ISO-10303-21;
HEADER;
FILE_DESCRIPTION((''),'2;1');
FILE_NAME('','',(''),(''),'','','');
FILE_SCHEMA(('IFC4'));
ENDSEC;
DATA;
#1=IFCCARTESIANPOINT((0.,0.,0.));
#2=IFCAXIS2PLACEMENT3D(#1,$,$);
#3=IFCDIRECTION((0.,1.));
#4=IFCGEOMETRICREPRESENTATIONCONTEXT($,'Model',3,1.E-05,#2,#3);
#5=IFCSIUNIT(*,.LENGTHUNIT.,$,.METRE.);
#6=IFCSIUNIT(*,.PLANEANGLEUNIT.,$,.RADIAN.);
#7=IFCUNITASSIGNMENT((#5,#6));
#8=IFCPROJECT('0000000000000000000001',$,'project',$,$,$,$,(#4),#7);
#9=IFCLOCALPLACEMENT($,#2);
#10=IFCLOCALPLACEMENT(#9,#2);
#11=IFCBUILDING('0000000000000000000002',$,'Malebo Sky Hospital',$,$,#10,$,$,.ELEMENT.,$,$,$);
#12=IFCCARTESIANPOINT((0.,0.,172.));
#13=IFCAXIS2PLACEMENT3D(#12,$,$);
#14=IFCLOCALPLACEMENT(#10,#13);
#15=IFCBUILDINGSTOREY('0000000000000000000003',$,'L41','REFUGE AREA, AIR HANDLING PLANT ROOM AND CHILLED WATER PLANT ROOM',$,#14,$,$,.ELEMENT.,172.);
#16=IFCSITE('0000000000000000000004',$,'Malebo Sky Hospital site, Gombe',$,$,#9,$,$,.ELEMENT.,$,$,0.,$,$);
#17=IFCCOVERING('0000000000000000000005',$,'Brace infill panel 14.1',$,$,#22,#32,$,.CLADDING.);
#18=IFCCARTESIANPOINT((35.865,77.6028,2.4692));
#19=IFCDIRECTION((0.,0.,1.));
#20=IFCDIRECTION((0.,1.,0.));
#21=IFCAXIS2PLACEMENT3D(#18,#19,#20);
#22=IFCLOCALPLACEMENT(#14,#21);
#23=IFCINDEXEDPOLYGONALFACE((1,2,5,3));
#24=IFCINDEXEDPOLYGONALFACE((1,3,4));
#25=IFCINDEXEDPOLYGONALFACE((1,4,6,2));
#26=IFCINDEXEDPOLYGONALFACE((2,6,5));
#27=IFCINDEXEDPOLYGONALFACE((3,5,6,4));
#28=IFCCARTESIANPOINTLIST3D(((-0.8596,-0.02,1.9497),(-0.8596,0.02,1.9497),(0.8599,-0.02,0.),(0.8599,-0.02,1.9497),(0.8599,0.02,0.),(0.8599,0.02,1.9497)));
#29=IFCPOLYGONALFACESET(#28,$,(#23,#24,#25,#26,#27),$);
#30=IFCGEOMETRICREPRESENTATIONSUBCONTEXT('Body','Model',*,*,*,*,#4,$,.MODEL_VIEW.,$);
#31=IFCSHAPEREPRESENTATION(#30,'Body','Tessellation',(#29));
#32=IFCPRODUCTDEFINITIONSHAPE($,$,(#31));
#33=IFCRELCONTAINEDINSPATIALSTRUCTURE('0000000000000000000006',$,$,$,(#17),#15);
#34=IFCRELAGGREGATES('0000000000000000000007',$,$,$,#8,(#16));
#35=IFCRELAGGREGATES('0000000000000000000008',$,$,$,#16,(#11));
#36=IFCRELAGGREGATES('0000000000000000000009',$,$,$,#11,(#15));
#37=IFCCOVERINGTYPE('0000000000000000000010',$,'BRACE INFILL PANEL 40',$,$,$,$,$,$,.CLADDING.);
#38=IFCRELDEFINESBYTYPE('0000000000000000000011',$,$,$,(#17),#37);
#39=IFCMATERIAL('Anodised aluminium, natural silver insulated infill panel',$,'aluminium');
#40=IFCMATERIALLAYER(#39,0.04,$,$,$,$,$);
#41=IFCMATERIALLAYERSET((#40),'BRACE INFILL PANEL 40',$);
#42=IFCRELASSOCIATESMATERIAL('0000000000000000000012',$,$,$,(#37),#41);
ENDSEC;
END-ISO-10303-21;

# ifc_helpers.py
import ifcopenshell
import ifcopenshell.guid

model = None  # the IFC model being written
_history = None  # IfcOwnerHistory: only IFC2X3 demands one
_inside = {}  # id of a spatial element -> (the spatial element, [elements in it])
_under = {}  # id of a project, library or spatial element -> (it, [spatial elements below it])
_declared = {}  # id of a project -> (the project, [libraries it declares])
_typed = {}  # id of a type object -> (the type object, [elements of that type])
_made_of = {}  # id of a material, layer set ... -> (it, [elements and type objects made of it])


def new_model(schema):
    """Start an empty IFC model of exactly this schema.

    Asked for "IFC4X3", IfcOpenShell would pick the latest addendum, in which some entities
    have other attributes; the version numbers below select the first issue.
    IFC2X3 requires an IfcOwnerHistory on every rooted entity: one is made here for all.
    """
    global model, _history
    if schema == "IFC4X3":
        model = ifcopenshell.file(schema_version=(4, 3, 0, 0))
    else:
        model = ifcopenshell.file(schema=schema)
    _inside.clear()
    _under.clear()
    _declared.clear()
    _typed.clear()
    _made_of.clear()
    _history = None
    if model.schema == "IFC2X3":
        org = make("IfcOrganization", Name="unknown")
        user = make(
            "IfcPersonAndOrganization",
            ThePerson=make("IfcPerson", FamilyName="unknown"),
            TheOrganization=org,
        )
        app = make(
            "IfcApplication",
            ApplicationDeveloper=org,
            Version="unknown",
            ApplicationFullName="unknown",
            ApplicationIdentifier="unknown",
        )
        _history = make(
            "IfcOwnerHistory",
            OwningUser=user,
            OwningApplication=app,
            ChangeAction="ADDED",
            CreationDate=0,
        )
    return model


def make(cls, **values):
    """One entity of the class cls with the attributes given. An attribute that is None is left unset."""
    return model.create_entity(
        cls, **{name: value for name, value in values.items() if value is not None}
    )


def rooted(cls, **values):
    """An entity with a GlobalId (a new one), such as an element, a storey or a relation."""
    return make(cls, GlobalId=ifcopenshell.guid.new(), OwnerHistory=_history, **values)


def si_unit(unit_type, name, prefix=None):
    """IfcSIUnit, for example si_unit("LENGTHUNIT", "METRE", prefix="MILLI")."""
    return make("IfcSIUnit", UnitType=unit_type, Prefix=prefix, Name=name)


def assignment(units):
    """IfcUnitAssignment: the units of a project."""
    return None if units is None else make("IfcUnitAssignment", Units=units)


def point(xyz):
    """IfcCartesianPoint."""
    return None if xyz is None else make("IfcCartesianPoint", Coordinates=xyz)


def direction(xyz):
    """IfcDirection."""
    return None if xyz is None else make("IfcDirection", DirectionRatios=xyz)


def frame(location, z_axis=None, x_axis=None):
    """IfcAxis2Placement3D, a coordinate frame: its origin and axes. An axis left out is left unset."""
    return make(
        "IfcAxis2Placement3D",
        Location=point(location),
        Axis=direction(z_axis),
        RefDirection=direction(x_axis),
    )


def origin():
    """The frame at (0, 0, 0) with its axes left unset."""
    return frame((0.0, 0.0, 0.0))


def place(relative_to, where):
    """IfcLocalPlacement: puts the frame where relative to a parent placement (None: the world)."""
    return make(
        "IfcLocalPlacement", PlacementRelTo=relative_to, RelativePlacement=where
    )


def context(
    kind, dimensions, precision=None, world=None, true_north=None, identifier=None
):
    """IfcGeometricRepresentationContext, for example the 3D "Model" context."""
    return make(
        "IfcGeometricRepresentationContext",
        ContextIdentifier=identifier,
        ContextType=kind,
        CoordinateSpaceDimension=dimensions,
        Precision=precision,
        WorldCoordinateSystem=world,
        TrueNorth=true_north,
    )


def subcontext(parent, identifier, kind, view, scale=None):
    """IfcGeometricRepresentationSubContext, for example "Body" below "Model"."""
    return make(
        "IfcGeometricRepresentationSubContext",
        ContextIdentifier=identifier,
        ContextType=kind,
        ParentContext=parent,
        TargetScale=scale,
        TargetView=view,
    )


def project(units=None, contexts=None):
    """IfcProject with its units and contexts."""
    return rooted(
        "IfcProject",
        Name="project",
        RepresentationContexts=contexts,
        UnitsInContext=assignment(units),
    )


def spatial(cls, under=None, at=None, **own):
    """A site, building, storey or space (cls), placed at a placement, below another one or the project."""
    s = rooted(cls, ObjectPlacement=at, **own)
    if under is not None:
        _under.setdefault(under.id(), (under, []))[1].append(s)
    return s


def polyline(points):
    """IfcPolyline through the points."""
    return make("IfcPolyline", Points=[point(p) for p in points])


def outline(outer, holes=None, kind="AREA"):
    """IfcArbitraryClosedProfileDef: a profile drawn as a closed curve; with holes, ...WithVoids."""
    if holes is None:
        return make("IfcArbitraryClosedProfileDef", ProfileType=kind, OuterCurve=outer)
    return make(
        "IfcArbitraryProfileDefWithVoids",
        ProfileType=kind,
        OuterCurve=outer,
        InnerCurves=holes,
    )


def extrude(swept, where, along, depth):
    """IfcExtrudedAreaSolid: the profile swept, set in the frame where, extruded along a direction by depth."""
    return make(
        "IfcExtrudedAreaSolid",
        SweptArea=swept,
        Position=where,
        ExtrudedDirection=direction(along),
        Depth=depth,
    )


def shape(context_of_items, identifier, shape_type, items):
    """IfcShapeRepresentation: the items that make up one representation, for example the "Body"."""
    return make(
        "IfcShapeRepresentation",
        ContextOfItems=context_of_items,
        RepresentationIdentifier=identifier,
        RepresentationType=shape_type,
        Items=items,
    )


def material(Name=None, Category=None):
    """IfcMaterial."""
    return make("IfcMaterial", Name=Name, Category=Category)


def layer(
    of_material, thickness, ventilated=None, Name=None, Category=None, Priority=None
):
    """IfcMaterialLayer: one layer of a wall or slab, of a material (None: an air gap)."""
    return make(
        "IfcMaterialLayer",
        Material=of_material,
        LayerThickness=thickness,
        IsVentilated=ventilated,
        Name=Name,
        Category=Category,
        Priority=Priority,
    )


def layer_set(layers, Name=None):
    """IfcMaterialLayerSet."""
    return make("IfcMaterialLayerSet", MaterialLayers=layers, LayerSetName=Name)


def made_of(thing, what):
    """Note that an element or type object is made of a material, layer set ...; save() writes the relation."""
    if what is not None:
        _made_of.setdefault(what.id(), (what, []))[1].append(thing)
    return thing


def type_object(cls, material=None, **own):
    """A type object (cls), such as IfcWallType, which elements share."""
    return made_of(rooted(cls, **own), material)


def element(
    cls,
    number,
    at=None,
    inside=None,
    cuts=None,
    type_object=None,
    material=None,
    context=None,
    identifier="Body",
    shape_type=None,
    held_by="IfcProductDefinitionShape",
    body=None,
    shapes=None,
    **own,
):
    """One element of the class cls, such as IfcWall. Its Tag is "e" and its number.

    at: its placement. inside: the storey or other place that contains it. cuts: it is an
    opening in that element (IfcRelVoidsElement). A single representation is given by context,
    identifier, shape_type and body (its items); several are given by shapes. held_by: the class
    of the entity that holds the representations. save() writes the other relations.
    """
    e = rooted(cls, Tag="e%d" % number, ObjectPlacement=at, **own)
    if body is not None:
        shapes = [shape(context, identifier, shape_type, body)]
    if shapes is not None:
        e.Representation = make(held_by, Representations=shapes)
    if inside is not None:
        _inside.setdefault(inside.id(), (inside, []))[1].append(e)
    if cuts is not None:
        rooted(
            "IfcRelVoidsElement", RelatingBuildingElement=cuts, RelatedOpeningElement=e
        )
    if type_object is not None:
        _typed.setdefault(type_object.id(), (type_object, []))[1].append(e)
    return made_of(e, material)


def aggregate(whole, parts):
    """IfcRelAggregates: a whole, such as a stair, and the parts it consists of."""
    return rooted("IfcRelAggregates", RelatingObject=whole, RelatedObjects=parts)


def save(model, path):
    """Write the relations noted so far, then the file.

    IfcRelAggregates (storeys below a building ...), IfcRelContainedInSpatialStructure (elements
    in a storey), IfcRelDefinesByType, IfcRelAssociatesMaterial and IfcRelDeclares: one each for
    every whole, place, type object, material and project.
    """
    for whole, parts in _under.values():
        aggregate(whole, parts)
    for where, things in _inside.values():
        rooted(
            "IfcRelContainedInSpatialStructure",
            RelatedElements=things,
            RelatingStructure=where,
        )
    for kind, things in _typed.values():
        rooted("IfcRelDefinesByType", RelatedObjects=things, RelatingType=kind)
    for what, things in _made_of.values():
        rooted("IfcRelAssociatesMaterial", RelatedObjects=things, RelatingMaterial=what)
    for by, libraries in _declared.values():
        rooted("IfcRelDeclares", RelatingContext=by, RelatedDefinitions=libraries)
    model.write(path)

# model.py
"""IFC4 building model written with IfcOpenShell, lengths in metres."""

from ifc_helpers import new_model, si_unit, direction, frame, origin, place, context, subcontext, project, spatial, polyline, outline, extrude, material, layer, layer_set, type_object, element, save


model = new_model("IFC4")

# Units and contexts
model_context = context("Model", 3, precision=1e-05, world=origin(), true_north=direction((0.0, 1.0)))
body_context = subcontext(model_context, "Body", "Model", "MODEL_VIEW")
ifc_project = project(units=[si_unit("LENGTHUNIT", "METRE"), si_unit("PLANEANGLEUNIT", "RADIAN")], contexts=[model_context])

# Site, building, storey
site_placement = place(None, origin())
site = spatial("IfcSite", under=ifc_project, at=site_placement, Name="Malebo Sky Hospital site, Gombe", CompositionType="ELEMENT", RefElevation=0.0)
building_placement = place(site_placement, origin())
building = spatial("IfcBuilding", under=site, at=building_placement, Name="Malebo Sky Hospital", CompositionType="ELEMENT")
storey_placement = place(building_placement, frame((0.0, 0.0, 172.0)))
storey = spatial("IfcBuildingStorey", under=building, at=storey_placement, Name="L41", Description="REFUGE AREA, AIR HANDLING PLANT ROOM AND CHILLED WATER PLANT ROOM", CompositionType="ELEMENT", Elevation=172.0)

# Covering
ifc_material_1 = material(Name="Anodised aluminium, natural silver insulated infill panel", Category="aluminium")
ifc_layer_1 = layer(ifc_material_1, 0.04)
ifc_layer_set_1 = layer_set([ifc_layer_1], Name="BRACE INFILL PANEL 40")
covering_type = type_object("IfcCoveringType", Name="BRACE INFILL PANEL 40", PredefinedType="CLADDING", material=ifc_layer_set_1)
covering_1_placement = place(storey_placement, frame((35.865, 77.6028, 2.4692), z_axis=(0.0, 0.0, 1.0), x_axis=(0.0, 1.0, 0.0)))
element("IfcCovering", 1, at=covering_1_placement, inside=storey, type_object=covering_type, Name="Brace infill panel 14.1", PredefinedType="CLADDING", context=body_context, shape_type="SweptSolid", body=[
    extrude(outline(polyline([(0.8599, 0.0), (0.8599, 1.9497), (-0.8596, 1.9497), (0.8599, 0.0)])), frame((0.0, 0.02, 0.0), z_axis=(0.0, -1.0, 0.0), x_axis=(1.0, 0.0, 0.0)), (0.0, 0.0, 1.0), 0.04),
])

save(model, "model.ifc")
